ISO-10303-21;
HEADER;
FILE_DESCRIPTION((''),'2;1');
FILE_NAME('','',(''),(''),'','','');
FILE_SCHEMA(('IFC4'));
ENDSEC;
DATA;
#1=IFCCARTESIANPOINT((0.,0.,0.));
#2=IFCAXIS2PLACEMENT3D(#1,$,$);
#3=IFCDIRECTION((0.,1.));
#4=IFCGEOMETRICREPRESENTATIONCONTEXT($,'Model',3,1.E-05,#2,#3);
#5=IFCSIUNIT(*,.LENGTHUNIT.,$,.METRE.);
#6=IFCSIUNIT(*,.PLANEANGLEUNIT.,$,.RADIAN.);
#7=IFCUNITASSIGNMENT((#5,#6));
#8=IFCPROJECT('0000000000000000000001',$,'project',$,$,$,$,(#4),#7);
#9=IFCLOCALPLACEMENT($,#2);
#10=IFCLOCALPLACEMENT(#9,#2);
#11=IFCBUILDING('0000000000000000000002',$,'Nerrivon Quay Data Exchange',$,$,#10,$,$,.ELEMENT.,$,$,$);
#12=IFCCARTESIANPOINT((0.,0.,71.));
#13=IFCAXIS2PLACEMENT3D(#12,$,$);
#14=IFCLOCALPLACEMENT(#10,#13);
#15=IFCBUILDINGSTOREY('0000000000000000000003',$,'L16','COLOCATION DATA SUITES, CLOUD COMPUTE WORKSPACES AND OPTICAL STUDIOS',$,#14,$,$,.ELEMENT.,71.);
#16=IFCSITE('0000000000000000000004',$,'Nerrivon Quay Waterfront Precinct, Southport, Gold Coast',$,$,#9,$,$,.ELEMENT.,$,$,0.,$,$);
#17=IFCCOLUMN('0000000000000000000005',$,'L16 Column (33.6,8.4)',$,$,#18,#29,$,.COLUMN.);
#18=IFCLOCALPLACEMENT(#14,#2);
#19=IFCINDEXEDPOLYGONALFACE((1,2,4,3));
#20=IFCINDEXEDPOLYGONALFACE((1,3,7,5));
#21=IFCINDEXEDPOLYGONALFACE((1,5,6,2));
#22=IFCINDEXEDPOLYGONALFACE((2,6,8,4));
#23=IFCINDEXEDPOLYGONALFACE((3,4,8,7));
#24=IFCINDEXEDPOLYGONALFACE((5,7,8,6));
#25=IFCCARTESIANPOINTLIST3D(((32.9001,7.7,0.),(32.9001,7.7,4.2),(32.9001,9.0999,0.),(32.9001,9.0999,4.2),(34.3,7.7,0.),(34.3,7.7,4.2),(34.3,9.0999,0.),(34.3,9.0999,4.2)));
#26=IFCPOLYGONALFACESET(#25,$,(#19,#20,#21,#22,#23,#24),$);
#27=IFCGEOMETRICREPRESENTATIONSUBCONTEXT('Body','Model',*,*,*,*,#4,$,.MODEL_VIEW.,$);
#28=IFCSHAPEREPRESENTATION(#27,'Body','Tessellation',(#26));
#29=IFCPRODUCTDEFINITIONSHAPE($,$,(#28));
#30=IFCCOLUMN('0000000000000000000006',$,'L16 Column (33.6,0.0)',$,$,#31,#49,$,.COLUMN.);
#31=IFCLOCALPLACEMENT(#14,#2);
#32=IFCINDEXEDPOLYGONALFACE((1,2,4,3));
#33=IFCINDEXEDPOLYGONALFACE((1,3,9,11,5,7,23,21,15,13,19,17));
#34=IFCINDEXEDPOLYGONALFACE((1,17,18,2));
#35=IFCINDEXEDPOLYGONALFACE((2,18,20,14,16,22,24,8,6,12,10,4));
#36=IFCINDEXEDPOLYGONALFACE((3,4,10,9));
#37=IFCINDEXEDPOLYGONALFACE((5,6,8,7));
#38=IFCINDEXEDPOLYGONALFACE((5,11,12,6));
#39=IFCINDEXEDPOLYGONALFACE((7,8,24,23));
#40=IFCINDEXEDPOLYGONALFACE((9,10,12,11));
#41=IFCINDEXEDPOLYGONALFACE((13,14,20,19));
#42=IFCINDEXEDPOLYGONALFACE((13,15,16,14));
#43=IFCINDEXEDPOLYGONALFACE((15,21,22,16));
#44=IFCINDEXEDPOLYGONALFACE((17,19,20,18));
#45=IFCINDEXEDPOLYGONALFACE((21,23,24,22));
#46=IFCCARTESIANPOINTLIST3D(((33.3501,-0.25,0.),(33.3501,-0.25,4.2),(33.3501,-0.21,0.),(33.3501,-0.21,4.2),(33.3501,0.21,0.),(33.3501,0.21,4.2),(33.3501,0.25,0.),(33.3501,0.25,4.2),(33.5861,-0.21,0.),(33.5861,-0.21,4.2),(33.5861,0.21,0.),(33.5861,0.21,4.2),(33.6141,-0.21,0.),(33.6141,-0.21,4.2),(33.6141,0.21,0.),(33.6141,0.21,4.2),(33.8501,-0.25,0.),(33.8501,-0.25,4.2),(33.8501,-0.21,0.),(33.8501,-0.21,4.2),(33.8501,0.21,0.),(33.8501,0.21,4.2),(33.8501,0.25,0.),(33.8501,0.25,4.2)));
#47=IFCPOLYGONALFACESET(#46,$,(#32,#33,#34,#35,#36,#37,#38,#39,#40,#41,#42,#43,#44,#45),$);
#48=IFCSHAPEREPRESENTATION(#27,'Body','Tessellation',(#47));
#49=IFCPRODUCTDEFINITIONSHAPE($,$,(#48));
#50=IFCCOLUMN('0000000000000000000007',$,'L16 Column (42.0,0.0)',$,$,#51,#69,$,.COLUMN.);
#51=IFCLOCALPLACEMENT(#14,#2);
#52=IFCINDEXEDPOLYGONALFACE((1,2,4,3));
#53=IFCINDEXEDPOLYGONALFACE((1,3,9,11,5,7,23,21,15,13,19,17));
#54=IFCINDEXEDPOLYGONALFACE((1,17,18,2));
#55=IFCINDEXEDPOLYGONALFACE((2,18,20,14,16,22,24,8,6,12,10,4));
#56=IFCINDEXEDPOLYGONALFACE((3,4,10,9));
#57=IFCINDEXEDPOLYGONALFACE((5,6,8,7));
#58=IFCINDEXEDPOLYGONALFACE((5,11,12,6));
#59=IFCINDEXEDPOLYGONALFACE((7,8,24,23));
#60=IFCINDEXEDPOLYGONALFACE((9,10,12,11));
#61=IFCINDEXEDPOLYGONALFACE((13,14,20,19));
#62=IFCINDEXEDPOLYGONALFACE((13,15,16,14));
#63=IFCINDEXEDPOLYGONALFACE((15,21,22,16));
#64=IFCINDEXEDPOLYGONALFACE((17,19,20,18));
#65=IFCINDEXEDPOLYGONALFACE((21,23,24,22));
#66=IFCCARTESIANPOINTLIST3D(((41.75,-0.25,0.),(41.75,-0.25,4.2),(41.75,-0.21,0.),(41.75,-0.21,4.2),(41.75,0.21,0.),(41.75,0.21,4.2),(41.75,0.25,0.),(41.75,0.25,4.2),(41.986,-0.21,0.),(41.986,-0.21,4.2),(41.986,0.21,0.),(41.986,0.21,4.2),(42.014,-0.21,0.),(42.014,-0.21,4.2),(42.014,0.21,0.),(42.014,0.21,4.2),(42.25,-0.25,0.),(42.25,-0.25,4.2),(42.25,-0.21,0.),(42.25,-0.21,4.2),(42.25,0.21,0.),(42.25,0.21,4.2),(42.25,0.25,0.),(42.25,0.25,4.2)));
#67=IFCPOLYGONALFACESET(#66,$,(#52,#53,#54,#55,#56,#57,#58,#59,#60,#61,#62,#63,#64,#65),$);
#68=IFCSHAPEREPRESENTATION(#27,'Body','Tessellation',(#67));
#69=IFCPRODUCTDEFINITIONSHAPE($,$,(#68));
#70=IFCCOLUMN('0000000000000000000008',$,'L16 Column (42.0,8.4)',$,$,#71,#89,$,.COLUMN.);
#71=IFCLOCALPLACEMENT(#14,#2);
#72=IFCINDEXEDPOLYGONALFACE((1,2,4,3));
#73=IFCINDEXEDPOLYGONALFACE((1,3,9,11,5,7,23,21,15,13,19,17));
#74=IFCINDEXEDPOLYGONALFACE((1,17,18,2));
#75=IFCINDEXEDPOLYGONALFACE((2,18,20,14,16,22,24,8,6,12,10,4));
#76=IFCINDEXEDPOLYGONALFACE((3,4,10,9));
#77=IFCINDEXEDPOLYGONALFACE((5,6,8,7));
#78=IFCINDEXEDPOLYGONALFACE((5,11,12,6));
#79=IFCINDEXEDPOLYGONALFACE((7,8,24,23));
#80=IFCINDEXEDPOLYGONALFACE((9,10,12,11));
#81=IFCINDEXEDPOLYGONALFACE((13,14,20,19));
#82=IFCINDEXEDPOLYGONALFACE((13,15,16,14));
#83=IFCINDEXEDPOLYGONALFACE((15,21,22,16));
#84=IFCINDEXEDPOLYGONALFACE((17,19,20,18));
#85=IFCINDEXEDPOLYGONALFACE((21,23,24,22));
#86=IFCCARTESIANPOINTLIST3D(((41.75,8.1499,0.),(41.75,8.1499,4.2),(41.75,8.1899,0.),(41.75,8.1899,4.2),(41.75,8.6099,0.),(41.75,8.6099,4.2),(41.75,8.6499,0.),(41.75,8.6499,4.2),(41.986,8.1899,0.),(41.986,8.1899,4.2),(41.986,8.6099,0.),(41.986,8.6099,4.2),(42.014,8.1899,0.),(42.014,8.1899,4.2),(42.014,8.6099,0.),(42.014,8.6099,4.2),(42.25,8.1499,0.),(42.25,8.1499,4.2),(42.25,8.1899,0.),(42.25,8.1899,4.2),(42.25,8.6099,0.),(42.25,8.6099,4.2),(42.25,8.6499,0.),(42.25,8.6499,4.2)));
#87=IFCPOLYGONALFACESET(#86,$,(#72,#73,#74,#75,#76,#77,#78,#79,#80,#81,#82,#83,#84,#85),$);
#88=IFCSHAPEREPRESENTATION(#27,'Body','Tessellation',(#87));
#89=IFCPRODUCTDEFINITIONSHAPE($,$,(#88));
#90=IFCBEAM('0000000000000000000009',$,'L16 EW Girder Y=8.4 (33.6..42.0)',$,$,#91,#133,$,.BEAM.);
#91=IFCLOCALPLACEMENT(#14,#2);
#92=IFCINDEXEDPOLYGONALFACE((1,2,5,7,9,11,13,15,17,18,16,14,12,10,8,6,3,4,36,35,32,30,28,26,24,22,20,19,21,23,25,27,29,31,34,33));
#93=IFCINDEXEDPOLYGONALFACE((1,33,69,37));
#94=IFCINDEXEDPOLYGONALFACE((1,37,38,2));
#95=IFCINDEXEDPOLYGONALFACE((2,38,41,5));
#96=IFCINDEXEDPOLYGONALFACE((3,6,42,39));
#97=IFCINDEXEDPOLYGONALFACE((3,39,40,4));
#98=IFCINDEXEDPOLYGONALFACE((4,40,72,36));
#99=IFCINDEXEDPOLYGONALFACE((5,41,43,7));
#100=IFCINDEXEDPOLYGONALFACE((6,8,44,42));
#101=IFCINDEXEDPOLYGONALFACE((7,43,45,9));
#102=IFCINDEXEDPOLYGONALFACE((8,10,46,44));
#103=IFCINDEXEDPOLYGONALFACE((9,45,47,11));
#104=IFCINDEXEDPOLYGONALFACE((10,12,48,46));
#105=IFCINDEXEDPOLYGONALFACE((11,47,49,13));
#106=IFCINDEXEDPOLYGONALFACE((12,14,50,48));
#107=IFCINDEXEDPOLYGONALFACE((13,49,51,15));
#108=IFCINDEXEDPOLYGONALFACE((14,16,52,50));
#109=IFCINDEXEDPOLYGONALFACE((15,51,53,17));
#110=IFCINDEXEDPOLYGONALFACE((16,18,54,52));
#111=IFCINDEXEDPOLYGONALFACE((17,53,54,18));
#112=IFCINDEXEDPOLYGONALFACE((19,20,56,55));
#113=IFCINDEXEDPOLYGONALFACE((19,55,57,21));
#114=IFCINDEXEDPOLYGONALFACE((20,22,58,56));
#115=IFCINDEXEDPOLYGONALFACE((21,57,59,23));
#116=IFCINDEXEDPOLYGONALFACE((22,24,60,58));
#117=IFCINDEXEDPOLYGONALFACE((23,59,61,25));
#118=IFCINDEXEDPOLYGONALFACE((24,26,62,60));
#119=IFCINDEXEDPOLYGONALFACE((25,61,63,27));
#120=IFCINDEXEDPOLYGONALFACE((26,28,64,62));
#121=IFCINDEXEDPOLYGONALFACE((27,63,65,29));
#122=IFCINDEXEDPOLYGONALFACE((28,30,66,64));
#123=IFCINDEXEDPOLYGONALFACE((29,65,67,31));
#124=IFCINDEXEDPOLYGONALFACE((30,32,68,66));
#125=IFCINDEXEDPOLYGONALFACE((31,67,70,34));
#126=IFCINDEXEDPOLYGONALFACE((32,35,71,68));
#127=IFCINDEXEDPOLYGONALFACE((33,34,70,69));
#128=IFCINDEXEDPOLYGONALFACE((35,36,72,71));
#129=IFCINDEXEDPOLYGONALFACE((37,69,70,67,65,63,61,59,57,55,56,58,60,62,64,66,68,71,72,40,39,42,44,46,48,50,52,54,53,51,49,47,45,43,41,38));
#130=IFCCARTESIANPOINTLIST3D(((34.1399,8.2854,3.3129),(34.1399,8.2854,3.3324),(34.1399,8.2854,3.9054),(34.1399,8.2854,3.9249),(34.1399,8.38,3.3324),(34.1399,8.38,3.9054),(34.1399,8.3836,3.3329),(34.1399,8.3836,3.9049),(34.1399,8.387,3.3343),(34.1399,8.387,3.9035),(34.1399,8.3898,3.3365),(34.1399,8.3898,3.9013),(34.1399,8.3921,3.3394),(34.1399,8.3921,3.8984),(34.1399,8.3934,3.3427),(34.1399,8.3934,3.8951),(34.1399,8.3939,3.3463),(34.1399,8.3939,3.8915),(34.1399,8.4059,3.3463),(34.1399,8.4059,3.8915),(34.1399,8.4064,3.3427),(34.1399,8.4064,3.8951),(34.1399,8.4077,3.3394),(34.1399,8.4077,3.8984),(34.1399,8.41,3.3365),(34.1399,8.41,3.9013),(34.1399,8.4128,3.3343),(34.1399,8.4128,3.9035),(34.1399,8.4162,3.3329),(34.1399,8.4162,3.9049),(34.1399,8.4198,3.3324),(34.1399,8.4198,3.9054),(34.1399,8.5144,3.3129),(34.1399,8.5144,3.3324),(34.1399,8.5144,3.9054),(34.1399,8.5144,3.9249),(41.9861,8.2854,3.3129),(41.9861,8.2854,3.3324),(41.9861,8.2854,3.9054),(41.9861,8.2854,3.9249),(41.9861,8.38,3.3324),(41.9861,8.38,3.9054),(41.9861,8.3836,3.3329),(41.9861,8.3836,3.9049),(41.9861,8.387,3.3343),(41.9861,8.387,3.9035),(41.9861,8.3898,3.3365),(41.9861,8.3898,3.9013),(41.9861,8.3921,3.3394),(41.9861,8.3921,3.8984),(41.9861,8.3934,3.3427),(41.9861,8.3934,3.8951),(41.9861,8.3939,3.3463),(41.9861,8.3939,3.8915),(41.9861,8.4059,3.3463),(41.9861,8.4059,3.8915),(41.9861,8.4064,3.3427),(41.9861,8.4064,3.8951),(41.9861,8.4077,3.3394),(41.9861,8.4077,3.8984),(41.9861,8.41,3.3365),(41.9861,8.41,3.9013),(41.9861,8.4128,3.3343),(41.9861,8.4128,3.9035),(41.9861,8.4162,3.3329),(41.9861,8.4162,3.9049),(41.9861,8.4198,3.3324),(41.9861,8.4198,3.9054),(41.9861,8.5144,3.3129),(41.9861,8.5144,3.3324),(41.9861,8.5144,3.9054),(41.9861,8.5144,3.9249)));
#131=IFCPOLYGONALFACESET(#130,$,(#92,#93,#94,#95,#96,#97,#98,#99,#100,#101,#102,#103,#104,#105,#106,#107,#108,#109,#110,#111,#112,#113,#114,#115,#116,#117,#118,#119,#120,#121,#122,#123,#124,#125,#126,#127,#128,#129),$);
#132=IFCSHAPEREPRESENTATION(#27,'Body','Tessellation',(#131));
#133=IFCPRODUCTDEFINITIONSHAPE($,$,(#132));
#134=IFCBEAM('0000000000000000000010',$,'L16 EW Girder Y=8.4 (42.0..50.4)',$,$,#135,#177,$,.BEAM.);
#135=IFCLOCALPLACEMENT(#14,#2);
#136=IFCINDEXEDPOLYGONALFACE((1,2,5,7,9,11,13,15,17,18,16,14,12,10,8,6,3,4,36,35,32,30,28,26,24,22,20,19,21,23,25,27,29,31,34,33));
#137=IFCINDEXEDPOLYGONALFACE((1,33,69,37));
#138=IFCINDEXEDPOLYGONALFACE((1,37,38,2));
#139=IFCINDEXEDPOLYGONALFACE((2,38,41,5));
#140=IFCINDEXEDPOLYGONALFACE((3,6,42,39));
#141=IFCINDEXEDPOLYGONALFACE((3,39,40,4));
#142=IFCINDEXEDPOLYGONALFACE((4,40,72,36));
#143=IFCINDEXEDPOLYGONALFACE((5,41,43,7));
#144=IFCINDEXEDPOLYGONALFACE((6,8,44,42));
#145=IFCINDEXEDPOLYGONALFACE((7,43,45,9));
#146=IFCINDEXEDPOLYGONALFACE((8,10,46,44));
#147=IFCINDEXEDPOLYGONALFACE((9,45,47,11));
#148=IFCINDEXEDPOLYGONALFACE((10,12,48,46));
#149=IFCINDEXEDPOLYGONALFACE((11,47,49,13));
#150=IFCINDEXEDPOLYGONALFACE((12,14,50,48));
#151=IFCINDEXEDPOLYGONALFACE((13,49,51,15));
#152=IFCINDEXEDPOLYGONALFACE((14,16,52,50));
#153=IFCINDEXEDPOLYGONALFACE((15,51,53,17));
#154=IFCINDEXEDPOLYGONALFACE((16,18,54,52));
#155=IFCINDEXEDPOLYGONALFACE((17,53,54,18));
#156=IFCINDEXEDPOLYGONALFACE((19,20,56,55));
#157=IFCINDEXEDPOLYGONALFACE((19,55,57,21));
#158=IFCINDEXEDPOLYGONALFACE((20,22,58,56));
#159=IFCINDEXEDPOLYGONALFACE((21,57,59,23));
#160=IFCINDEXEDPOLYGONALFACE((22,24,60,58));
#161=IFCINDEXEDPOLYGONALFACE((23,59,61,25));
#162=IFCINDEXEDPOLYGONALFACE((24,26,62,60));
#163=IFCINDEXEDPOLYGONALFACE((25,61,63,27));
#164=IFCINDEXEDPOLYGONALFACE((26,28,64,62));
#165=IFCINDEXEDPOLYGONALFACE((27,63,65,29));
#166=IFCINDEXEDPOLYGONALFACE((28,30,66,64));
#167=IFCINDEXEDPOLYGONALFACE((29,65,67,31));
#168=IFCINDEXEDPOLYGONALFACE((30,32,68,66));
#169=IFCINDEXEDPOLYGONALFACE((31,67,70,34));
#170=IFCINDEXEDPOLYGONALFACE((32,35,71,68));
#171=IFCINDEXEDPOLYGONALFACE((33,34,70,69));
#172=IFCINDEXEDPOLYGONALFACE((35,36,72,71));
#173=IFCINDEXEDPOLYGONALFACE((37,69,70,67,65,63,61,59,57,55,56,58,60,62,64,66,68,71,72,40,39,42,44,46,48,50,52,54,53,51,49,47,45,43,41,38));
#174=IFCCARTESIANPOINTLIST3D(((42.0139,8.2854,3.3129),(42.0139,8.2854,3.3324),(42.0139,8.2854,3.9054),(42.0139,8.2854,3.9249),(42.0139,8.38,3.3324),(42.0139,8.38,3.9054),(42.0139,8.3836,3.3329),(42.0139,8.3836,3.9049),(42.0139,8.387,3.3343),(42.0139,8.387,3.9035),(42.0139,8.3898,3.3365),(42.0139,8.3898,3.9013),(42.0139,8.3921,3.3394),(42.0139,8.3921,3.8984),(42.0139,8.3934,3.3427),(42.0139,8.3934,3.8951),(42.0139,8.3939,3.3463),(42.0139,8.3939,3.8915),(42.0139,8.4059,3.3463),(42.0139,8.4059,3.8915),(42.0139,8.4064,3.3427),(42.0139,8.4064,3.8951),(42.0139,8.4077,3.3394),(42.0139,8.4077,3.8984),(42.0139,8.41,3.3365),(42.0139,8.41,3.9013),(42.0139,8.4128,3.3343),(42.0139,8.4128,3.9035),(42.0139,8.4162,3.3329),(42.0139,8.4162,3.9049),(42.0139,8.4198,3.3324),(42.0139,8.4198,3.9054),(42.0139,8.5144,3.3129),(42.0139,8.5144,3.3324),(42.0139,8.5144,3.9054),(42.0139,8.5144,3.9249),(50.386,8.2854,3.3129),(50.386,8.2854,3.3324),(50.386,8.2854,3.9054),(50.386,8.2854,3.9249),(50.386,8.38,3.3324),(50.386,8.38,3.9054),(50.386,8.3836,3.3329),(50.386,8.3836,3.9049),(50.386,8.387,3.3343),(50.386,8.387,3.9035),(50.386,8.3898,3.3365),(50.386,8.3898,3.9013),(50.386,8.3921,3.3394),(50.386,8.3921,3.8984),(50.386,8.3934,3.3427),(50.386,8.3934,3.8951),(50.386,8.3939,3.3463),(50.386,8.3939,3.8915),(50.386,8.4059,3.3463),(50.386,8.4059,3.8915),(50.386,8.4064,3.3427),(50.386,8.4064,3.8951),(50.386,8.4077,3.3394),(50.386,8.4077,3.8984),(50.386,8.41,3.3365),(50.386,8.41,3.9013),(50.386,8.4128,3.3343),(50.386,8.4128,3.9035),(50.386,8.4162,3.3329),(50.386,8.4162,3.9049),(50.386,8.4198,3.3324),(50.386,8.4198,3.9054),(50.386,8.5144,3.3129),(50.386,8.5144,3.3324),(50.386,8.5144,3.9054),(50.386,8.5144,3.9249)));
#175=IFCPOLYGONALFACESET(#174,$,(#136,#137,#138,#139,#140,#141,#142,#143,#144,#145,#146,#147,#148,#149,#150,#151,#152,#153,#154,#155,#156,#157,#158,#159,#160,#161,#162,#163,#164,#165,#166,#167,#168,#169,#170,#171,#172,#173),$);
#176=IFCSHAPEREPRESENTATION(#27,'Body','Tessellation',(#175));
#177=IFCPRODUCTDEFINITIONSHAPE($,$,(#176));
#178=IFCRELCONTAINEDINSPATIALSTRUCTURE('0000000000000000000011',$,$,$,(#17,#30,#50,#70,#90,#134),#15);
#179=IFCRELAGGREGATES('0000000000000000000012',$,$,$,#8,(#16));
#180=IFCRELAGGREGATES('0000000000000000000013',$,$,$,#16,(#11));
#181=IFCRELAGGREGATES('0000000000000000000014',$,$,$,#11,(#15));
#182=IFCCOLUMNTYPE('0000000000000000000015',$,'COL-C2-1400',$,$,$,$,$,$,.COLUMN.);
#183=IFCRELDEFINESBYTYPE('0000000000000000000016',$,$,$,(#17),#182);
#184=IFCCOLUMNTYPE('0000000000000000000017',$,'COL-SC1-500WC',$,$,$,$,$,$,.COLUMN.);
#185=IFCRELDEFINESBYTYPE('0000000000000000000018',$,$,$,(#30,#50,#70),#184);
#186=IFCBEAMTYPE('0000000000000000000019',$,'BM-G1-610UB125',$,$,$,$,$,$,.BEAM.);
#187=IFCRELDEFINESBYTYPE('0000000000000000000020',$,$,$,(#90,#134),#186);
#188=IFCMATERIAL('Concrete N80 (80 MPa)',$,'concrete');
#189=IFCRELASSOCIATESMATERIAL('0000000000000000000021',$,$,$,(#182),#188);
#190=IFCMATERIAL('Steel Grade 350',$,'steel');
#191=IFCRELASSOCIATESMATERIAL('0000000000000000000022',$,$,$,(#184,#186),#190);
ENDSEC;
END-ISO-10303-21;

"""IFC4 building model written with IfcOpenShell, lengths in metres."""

from ifc_helpers import new_model, si_unit, direction, frame, origin, origin_2d, place, context, subcontext, project, spatial, rectangle, i_section, extrude, material, material_profile, profile_set, type_object, element, save


model = new_model("IFC4")

# Units and contexts
model_context = context("Model", 3, precision=1e-05, world=origin(), true_north=direction((0.0, 1.0)))
body_context = subcontext(model_context, "Body", "Model", "MODEL_VIEW")
ifc_project = project(units=[si_unit("LENGTHUNIT", "METRE"), si_unit("PLANEANGLEUNIT", "RADIAN")], contexts=[model_context])

# Site, building, storey
site_placement = place(None, origin())
site = spatial("IfcSite", under=ifc_project, at=site_placement, Name="Nerrivon Quay Waterfront Precinct, Southport, Gold Coast", CompositionType="ELEMENT", RefElevation=0.0)
building_placement = place(site_placement, origin())
building = spatial("IfcBuilding", under=site, at=building_placement, Name="Nerrivon Quay Data Exchange", CompositionType="ELEMENT")
storey_placement = place(building_placement, frame((0.0, 0.0, 71.0)))
storey = spatial("IfcBuildingStorey", under=building, at=storey_placement, Name="L16", Description="COLOCATION DATA SUITES, CLOUD COMPUTE WORKSPACES AND OPTICAL STUDIOS", CompositionType="ELEMENT", Elevation=71.0)

# Columns
ifc_material_1 = material(Name="Concrete N80 (80 MPa)", Category="concrete")
ifc_material_profile_1 = material_profile(ifc_material_1, rectangle(XDim=1.3999, YDim=1.3999, at=origin_2d()), Name="RC-COL-1400x1400")
ifc_profile_set_1 = profile_set([ifc_material_profile_1], Name="Concrete N80 (80 MPa)")
column_type_1 = type_object("IfcColumnType", Name="COL-C2-1400", PredefinedType="COLUMN", material=ifc_profile_set_1)
column_placement = place(storey_placement, frame((33.6001, 8.3999, 0.0), z_axis=(0.0, 0.0, 1.0), x_axis=(1.0, 0.0, 0.0)))
element("IfcColumn", 1, at=column_placement, inside=storey, type_object=column_type_1, Name="L16 Column (33.6,8.4)", PredefinedType="COLUMN", context=body_context, shape_type="SweptSolid", body=[
    extrude(rectangle(XDim=1.3999, YDim=1.3999, at=origin_2d()), origin(), (0.0, 0.0, 1.0), 4.2),
])
ifc_material_2 = material(Name="Steel Grade 350", Category="steel")
ifc_material_profile_2 = material_profile(ifc_material_2, i_section(OverallWidth=0.5, OverallDepth=0.5, WebThickness=0.0281, FlangeThickness=0.04, at=origin_2d()), Name="500WC440")
ifc_profile_set_2 = profile_set([ifc_material_profile_2], Name="Steel Grade 350")
column_type_2 = type_object("IfcColumnType", Name="COL-SC1-500WC", PredefinedType="COLUMN", material=ifc_profile_set_2)
for number, where, z_axis, x_axis, name in (
    (2, (33.6001, 0.0, 0.0), (0.0, 0.0, 1.0), (1.0, 0.0, 0.0), "L16 Column (33.6,0.0)"),
    (3, (42.0, 0.0, 0.0), (0.0, 0.0, 1.0), (1.0, 0.0, 0.0), "L16 Column (42.0,0.0)"),
    (4, (42.0, 8.3999, 0.0), (0.0, 0.0, 1.0), (1.0, 0.0, 0.0), "L16 Column (42.0,8.4)"),
):
    element("IfcColumn", number, at=place(storey_placement, frame(where, z_axis=z_axis, x_axis=x_axis)), inside=storey, type_object=column_type_2, Name=name, PredefinedType="COLUMN", context=body_context, shape_type="SweptSolid", body=[
        extrude(i_section(OverallWidth=0.5, OverallDepth=0.5, WebThickness=0.0281, FlangeThickness=0.04, at=origin_2d()), origin(), (0.0, 0.0, 1.0), 4.2),
    ])

# Beams
ifc_material_profile_3 = material_profile(ifc_material_2, i_section(OverallWidth=0.229, OverallDepth=0.6121, WebThickness=0.012, FlangeThickness=0.0195, FilletRadius=0.0139, at=origin_2d()), Name="610UB125")
ifc_profile_set_3 = profile_set([ifc_material_profile_3], Name="Steel Grade 350")
beam_type_1 = type_object("IfcBeamType", Name="BM-G1-610UB125", PredefinedType="BEAM", material=ifc_profile_set_3)
beam_1_placement = place(storey_placement, frame((34.1399, 8.3999, 3.6189), z_axis=(1.0, 0.0, 0.0), x_axis=(0.0, 1.0, 0.0)))
element("IfcBeam", 5, at=beam_1_placement, inside=storey, type_object=beam_type_1, Name="L16 EW Girder Y=8.4 (33.6..42.0)", PredefinedType="BEAM", context=body_context, shape_type="SweptSolid", body=[
    extrude(i_section(OverallWidth=0.229, OverallDepth=0.6121, WebThickness=0.012, FlangeThickness=0.0195, FilletRadius=0.0139, at=origin_2d()), origin(), (0.0, 0.0, 1.0), 7.8462),
])
beam_2_placement = place(storey_placement, frame((42.0139, 8.3999, 3.6189), z_axis=(1.0, 0.0, 0.0), x_axis=(0.0, 1.0, 0.0)))
element("IfcBeam", 6, at=beam_2_placement, inside=storey, type_object=beam_type_1, Name="L16 EW Girder Y=8.4 (42.0..50.4)", PredefinedType="BEAM", context=body_context, shape_type="SweptSolid", body=[
    extrude(i_section(OverallWidth=0.229, OverallDepth=0.6121, WebThickness=0.012, FlangeThickness=0.0195, FilletRadius=0.0139, at=origin_2d()), origin(), (0.0, 0.0, 1.0), 8.3721),
])

save(model, "model.ifc")
